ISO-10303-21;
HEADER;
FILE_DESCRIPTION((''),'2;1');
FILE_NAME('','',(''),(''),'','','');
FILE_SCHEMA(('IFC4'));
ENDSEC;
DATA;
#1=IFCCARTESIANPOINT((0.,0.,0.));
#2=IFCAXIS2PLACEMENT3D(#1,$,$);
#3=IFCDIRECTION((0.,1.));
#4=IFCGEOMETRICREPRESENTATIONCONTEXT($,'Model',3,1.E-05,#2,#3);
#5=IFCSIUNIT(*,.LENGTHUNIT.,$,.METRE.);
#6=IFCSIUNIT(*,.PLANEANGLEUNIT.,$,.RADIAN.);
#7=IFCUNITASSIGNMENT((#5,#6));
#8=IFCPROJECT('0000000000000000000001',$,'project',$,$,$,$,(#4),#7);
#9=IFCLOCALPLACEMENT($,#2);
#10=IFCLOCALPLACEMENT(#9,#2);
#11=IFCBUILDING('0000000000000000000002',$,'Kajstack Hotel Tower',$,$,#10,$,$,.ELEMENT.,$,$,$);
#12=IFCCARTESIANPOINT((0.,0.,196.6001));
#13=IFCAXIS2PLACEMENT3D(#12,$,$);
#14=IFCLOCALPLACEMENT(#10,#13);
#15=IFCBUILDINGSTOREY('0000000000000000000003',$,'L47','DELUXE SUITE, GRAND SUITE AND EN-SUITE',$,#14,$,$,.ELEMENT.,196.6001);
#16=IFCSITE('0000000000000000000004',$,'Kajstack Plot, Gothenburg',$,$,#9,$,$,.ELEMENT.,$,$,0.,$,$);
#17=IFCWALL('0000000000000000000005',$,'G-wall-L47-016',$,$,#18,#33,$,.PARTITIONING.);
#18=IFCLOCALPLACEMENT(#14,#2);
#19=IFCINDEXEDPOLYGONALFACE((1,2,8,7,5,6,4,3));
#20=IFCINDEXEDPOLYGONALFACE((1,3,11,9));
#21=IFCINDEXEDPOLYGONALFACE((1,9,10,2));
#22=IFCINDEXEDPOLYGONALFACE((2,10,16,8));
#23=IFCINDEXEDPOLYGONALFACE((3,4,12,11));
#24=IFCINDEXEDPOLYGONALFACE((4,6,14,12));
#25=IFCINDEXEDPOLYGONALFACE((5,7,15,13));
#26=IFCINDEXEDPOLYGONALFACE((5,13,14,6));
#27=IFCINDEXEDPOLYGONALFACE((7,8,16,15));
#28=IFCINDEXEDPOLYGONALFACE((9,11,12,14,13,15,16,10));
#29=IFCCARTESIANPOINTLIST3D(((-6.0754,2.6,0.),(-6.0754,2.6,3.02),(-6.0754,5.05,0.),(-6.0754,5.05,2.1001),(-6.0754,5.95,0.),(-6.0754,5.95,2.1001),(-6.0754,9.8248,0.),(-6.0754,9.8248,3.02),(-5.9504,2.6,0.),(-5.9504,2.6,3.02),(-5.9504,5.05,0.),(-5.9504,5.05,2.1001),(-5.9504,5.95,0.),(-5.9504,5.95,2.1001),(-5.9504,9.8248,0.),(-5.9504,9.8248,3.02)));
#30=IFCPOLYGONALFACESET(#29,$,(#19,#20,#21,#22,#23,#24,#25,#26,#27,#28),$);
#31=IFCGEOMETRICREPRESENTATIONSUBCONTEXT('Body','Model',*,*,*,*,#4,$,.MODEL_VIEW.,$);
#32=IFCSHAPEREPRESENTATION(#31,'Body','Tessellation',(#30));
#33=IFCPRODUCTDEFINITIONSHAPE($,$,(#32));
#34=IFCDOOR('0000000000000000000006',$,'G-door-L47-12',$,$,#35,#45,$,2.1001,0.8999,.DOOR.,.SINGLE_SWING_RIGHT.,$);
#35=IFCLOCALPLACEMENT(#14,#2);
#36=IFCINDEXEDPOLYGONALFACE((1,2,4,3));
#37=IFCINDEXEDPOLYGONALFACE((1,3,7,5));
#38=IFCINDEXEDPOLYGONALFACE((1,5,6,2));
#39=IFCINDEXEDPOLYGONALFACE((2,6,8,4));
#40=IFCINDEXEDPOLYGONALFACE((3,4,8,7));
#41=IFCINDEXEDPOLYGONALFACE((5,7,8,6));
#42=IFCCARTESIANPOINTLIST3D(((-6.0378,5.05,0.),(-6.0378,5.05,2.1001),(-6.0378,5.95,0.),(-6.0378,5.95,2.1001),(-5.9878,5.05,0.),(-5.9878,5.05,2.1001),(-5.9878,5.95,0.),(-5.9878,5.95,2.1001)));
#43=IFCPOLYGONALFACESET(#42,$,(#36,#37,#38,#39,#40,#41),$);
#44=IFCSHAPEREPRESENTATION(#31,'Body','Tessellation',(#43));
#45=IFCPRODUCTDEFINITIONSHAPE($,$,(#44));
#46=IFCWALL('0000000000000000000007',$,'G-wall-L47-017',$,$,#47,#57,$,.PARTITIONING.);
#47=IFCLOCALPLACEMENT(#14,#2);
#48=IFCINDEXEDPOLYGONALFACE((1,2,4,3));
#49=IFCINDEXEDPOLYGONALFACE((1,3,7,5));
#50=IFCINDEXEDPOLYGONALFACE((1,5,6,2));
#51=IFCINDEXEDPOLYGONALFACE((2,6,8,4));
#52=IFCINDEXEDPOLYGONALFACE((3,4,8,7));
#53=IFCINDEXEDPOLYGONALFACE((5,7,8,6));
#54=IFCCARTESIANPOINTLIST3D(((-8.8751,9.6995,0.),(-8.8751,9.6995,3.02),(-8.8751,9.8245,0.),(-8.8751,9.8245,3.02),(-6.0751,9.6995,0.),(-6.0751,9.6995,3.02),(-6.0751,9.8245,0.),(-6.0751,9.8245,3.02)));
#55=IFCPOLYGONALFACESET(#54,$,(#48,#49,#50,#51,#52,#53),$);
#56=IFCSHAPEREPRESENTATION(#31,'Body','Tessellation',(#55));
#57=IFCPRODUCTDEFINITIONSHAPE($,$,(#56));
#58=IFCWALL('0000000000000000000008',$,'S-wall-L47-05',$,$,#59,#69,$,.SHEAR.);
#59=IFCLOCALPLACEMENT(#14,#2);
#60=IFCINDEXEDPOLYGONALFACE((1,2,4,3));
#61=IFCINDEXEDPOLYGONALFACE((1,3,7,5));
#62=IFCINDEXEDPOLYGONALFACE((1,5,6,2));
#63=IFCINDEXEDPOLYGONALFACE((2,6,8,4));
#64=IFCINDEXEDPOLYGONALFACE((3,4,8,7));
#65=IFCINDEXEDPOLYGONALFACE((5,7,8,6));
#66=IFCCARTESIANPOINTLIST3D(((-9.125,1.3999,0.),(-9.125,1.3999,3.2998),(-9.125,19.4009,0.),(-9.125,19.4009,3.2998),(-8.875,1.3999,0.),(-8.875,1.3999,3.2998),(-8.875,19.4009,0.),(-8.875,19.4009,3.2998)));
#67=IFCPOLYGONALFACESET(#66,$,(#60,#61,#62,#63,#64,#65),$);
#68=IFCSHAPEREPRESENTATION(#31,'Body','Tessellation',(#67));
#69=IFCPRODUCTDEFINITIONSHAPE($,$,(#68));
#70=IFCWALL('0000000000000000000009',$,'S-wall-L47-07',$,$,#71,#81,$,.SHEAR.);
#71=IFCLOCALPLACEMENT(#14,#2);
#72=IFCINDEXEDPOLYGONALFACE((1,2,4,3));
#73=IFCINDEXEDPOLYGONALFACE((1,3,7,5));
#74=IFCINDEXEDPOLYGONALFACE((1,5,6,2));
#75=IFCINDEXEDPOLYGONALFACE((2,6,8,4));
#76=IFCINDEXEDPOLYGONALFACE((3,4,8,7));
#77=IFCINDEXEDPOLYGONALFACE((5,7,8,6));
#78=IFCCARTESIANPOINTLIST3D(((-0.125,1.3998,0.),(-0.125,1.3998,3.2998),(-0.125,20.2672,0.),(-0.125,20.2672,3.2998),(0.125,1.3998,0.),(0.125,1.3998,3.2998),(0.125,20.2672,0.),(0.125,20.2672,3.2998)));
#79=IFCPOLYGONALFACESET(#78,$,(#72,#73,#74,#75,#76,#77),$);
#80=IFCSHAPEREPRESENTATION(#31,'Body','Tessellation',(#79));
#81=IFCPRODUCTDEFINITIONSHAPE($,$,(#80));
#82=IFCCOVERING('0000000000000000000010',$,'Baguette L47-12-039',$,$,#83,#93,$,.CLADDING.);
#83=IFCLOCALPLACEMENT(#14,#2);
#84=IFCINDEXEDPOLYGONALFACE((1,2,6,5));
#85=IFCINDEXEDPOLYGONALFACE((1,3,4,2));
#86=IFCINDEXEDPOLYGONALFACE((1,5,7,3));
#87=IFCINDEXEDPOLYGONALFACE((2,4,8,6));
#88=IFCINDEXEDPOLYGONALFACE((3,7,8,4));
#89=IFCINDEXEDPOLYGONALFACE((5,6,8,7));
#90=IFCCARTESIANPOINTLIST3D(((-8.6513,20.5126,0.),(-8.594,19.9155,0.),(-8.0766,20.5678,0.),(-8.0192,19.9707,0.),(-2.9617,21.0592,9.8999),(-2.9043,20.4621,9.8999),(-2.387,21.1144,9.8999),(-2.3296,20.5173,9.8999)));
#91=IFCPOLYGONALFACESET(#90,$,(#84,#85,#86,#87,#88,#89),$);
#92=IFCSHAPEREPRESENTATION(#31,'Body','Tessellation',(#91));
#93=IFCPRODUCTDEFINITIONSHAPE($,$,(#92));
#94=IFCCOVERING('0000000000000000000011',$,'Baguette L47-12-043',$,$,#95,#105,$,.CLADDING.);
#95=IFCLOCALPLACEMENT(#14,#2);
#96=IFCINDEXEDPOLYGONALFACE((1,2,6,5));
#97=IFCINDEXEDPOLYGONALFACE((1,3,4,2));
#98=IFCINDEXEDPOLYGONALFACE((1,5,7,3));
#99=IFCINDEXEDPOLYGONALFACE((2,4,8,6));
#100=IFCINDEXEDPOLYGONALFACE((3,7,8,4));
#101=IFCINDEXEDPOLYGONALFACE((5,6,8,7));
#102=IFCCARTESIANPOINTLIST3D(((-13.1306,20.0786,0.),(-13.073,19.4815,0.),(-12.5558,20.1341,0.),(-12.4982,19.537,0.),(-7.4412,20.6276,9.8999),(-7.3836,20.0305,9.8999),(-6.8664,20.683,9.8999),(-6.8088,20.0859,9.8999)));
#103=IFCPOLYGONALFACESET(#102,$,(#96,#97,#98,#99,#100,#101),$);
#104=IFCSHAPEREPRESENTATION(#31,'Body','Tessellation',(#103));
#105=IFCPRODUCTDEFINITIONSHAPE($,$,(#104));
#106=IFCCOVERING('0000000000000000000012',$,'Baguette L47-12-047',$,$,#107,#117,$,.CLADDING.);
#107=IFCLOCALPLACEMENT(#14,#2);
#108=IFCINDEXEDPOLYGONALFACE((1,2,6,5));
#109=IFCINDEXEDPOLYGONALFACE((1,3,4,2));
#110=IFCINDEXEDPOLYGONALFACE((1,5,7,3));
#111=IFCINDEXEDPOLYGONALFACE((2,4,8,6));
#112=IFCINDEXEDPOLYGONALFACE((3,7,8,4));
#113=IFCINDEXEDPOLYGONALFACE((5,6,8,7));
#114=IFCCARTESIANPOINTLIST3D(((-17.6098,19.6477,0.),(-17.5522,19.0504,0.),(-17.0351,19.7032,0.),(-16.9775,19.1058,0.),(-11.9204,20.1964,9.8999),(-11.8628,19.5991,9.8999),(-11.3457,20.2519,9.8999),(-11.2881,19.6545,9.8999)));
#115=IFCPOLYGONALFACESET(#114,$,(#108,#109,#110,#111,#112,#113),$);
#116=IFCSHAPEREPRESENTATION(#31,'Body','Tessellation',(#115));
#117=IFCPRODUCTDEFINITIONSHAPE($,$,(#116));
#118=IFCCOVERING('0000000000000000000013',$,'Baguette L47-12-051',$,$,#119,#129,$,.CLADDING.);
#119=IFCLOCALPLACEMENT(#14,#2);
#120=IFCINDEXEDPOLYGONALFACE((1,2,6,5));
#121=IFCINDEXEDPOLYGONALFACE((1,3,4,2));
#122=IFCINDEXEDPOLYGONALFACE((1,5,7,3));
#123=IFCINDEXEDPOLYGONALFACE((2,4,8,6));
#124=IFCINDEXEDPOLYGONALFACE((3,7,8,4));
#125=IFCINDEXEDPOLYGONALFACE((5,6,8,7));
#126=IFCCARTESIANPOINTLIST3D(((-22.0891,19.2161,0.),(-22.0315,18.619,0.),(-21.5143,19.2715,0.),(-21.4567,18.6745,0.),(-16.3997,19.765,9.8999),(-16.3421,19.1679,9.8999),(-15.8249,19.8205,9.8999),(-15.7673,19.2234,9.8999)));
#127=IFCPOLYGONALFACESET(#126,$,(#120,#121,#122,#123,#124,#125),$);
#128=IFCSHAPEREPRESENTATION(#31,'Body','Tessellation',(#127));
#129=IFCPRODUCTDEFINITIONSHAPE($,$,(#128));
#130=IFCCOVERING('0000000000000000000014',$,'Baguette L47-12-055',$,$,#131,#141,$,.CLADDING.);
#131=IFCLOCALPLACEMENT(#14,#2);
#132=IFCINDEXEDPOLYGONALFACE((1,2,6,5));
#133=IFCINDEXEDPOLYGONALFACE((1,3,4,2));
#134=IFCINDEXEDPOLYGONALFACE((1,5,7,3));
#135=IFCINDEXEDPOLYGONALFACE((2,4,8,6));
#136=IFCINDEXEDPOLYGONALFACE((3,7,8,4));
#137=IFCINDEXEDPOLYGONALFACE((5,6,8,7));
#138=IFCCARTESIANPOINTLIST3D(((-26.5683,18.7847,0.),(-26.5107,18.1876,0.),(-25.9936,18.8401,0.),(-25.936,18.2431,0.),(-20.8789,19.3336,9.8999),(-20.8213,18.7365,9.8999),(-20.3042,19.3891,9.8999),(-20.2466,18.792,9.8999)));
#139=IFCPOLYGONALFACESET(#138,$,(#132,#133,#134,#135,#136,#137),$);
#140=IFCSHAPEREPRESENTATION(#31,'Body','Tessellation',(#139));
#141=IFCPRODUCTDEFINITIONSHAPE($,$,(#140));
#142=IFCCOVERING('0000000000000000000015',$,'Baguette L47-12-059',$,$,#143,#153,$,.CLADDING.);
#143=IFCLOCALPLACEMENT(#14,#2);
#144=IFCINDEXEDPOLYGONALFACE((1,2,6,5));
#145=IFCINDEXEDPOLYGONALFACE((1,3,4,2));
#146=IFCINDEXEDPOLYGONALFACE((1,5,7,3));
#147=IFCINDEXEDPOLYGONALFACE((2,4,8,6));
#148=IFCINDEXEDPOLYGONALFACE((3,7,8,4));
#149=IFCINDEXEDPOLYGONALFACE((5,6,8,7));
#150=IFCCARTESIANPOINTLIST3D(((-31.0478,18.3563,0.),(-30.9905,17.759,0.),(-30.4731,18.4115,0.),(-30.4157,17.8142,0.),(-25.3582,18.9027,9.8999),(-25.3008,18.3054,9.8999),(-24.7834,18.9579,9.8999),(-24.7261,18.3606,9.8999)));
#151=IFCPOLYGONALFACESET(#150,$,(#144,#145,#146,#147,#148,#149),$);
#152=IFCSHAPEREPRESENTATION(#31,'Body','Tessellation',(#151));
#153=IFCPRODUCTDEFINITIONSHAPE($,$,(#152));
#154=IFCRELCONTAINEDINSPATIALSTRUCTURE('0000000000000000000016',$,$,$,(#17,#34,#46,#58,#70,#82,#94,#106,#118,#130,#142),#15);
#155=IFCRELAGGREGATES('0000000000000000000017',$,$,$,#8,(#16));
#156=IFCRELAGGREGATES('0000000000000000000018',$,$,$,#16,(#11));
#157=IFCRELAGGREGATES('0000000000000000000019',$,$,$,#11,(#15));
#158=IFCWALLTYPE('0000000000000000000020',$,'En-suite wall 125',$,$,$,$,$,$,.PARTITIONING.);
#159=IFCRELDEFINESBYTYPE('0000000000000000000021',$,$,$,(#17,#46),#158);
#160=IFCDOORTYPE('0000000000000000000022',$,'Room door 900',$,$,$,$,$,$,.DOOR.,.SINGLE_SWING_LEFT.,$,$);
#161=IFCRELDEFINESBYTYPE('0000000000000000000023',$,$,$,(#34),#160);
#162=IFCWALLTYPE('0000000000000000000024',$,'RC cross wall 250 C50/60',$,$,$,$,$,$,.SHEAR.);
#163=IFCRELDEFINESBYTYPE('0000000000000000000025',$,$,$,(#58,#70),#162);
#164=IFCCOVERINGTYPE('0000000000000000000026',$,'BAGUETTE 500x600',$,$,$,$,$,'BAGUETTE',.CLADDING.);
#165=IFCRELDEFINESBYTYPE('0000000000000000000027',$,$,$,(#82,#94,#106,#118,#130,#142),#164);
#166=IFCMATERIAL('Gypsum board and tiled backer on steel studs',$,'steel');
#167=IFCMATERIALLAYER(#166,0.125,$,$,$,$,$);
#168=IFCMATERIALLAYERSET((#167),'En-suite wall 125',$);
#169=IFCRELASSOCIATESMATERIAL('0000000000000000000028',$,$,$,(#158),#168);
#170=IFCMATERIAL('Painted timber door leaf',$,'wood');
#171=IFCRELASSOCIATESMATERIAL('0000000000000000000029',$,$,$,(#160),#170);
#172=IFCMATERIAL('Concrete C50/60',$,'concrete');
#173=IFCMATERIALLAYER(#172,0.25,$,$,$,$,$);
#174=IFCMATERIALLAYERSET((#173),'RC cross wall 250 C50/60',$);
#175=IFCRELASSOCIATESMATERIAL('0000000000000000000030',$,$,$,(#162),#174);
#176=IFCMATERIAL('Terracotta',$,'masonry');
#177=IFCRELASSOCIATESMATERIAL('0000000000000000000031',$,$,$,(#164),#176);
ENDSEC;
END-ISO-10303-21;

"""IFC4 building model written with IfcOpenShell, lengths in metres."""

from ifc_helpers import new_model, si_unit, direction, frame, frame_2d, origin, origin_2d, place, context, subcontext, project, spatial, polyline, rectangle, outline, extrude, material, layer, layer_set, material_profile, profile_set, type_object, element, fill, save


model = new_model("IFC4")

# Units and contexts
model_context = context("Model", 3, precision=1e-05, world=origin(), true_north=direction((0.0, 1.0)))
body_context = subcontext(model_context, "Body", "Model", "MODEL_VIEW")
ifc_project = project(units=[si_unit("LENGTHUNIT", "METRE"), si_unit("PLANEANGLEUNIT", "RADIAN")], contexts=[model_context])

# Site, building, storey
site_placement = place(None, origin())
site = spatial("IfcSite", under=ifc_project, at=site_placement, Name="Kajstack Plot, Gothenburg", CompositionType="ELEMENT", RefElevation=0.0)
building_placement = place(site_placement, origin())
building = spatial("IfcBuilding", under=site, at=building_placement, Name="Kajstack Hotel Tower", CompositionType="ELEMENT")
storey_placement = place(building_placement, frame((0.0, 0.0, 196.6001)))
storey = spatial("IfcBuildingStorey", under=building, at=storey_placement, Name="L47", Description="DELUXE SUITE, GRAND SUITE AND EN-SUITE", CompositionType="ELEMENT", Elevation=196.6001)

# Shared definitions
ifc_material_1 = material(Name="Gypsum board and tiled backer on steel studs", Category="steel")
ifc_layer_1 = layer(ifc_material_1, 0.125)
ifc_layer_set_1 = layer_set([ifc_layer_1], Name="En-suite wall 125")
wall_type_1 = type_object("IfcWallType", Name="En-suite wall 125", PredefinedType="PARTITIONING", material=ifc_layer_set_1)

# Shared definitions
ifc_material_2 = material(Name="Painted timber door leaf", Category="wood")
door_type_1 = type_object("IfcDoorType", Name="Room door 900", OperationType="SINGLE_SWING_LEFT", PredefinedType="DOOR", material=ifc_material_2)

# Wall, opening, door
wall_1_placement = place(storey_placement, frame((-6.0129, 2.6001, 0.0), z_axis=(0.0, 0.0, 1.0), x_axis=(0.0, 1.0, 0.0)))
wall_1 = element("IfcWall", 1, at=wall_1_placement, inside=storey, type_object=wall_type_1, Name="G-wall-L47-016", PredefinedType="PARTITIONING", context=body_context, shape_type="SweptSolid", body=[
    extrude(rectangle(XDim=7.2249, YDim=0.125, at=frame_2d((3.6123, 0.0))), origin(), (0.0, 0.0, 1.0), 3.02),
])
opening_1_placement = place(wall_1_placement, frame((2.45, 0.0, 0.0)))
opening_1 = element("IfcOpeningElement", 2, at=opening_1_placement, cuts=wall_1, PredefinedType="OPENING", context=body_context, shape_type="SweptSolid", body=[
    extrude(rectangle(XDim=0.8999, YDim=2.1001, at=frame_2d((0.45, 1.05))), frame((0.0, 0.0725, 0.0), z_axis=(0.0, -1.0, 0.0), x_axis=(1.0, 0.0, 0.0)), (0.0, 0.0, 1.0), 0.145),
])
door_1_placement = place(opening_1_placement, origin())
door_1 = element("IfcDoor", 3, at=door_1_placement, inside=storey, type_object=door_type_1, Name="G-door-L47-12", OperationType="SINGLE_SWING_RIGHT", OverallHeight=2.1001, OverallWidth=0.8999, PredefinedType="DOOR", context=body_context, shape_type="SweptSolid", body=[
    extrude(rectangle(XDim=0.8999, YDim=2.1001, at=frame_2d((0.45, 1.05))), frame((0.0, 0.0249, 0.0), z_axis=(0.0, -1.0, 0.0), x_axis=(1.0, 0.0, 0.0)), (0.0, 0.0, 1.0), 0.05),
])
fill(opening_1, door_1)

# Walls
wall_2_placement = place(storey_placement, frame((-8.875, 9.762, 0.0), z_axis=(0.0, 0.0, 1.0), x_axis=(1.0, 0.0, 0.0)))
element("IfcWall", 4, at=wall_2_placement, inside=storey, type_object=wall_type_1, Name="G-wall-L47-017", PredefinedType="PARTITIONING", context=body_context, shape_type="SweptSolid", body=[
    extrude(rectangle(XDim=2.8, YDim=0.125, at=frame_2d((1.3999, 0.0))), origin(), (0.0, 0.0, 1.0), 3.02),
])
ifc_material_3 = material(Name="Concrete C50/60", Category="concrete")
ifc_layer_2 = layer(ifc_material_3, 0.25)
ifc_layer_set_2 = layer_set([ifc_layer_2], Name="RC cross wall 250 C50/60")
wall_type_2 = type_object("IfcWallType", Name="RC cross wall 250 C50/60", PredefinedType="SHEAR", material=ifc_layer_set_2)
wall_3_placement = place(storey_placement, frame((-9.0, 1.3999, 0.0), z_axis=(0.0, 0.0, 1.0), x_axis=(0.0, 1.0, 0.0)))
element("IfcWall", 5, at=wall_3_placement, inside=storey, type_object=wall_type_2, Name="S-wall-L47-05", PredefinedType="SHEAR", context=body_context, shape_type="SweptSolid", body=[
    extrude(rectangle(XDim=18.001, YDim=0.25, at=frame_2d((9.0005, 0.0))), origin(), (0.0, 0.0, 1.0), 3.2998),
])
wall_4_placement = place(storey_placement, frame((0.0, 1.3999, 0.0), z_axis=(0.0, 0.0, 1.0), x_axis=(0.0, 1.0, 0.0)))
element("IfcWall", 6, at=wall_4_placement, inside=storey, type_object=wall_type_2, Name="S-wall-L47-07", PredefinedType="SHEAR", context=body_context, shape_type="SweptSolid", body=[
    extrude(rectangle(XDim=18.8674, YDim=0.25, at=frame_2d((9.4336, 0.0))), origin(), (0.0, 0.0, 1.0), 3.2998),
])

# Coverings
ifc_material_4 = material(Name="Terracotta", Category="masonry")
ifc_material_profile = material_profile(ifc_material_4, rectangle(XDim=0.6001, YDim=0.5, at=origin_2d()), Name="Terracotta-clad concrete baguette 500 x 600")
ifc_profile_set = profile_set([ifc_material_profile], Name="Terracotta")
covering_type = type_object("IfcCoveringType", Name="BAGUETTE 500x600", ElementType="BAGUETTE", PredefinedType="CLADDING", material=ifc_profile_set)
for number, where, z_axis, x_axis, name in (
    (7, (-2.3296, 20.5173, 0.0), (-0.095635, 0.995416, 0.0), (-0.995416, -0.095635, 0.0), "Baguette L47-12-039"),
    (8, (-6.8088, 20.0859, 0.0), (-0.096038, 0.995378, 0.0), (-0.995378, -0.096038, 0.0), "Baguette L47-12-043"),
):
    element("IfcCovering", number, at=place(storey_placement, frame(where, z_axis=z_axis, x_axis=x_axis)), inside=storey, type_object=covering_type, Name=name, PredefinedType="CLADDING", context=body_context, shape_type="SweptSolid", body=[
        extrude(outline(polyline([(0.0, 9.8999), (5.7158, 0.0), (6.2932, 0.0), (0.5774, 9.8999), (0.0, 9.8999)])), origin(), (0.0, 0.0, 1.0), 0.5999),
    ])
covering_1_placement = place(storey_placement, frame((-11.2881, 19.6545, 0.0), z_axis=(-0.095999, 0.995381, 0.0), x_axis=(-0.995381, -0.095999, 0.0)))
element("IfcCovering", 9, at=covering_1_placement, inside=storey, type_object=covering_type, Name="Baguette L47-12-047", PredefinedType="CLADDING", context=body_context, shape_type="SweptSolid", body=[
    extrude(outline(polyline([(0.0, 9.8999), (5.7158, 0.0), (6.2932, 0.0), (0.5774, 9.8999), (0.0, 9.8999)])), origin(), (0.0, 0.0, 1.0), 0.6001),
])
for number, where, z_axis, x_axis, name in (
    (10, (-15.7673, 19.2234, 0.0), (-0.096038, 0.995378, 0.0), (-0.995378, -0.096038, 0.0), "Baguette L47-12-051"),
    (11, (-20.2466, 18.792, 0.0), (-0.096038, 0.995378, 0.0), (-0.995378, -0.096038, 0.0), "Baguette L47-12-055"),
):
    element("IfcCovering", number, at=place(storey_placement, frame(where, z_axis=z_axis, x_axis=x_axis)), inside=storey, type_object=covering_type, Name=name, PredefinedType="CLADDING", context=body_context, shape_type="SweptSolid", body=[
        extrude(outline(polyline([(0.0, 9.8999), (5.7158, 0.0), (6.2932, 0.0), (0.5774, 9.8999), (0.0, 9.8999)])), origin(), (0.0, 0.0, 1.0), 0.5999),
    ])
covering_2_placement = place(storey_placement, frame((-24.7261, 18.3606, 0.0), z_axis=(-0.095596, 0.99542, 0.0), x_axis=(-0.99542, -0.095596, 0.0)))
element("IfcCovering", 12, at=covering_2_placement, inside=storey, type_object=covering_type, Name="Baguette L47-12-059", PredefinedType="CLADDING", context=body_context, shape_type="SweptSolid", body=[
    extrude(outline(polyline([(0.0, 9.8999), (5.7158, 0.0), (6.2932, 0.0), (0.5774, 9.8999), (0.0, 9.8999)])), origin(), (0.0, 0.0, 1.0), 0.6001),
])

save(model, "model.ifc")
